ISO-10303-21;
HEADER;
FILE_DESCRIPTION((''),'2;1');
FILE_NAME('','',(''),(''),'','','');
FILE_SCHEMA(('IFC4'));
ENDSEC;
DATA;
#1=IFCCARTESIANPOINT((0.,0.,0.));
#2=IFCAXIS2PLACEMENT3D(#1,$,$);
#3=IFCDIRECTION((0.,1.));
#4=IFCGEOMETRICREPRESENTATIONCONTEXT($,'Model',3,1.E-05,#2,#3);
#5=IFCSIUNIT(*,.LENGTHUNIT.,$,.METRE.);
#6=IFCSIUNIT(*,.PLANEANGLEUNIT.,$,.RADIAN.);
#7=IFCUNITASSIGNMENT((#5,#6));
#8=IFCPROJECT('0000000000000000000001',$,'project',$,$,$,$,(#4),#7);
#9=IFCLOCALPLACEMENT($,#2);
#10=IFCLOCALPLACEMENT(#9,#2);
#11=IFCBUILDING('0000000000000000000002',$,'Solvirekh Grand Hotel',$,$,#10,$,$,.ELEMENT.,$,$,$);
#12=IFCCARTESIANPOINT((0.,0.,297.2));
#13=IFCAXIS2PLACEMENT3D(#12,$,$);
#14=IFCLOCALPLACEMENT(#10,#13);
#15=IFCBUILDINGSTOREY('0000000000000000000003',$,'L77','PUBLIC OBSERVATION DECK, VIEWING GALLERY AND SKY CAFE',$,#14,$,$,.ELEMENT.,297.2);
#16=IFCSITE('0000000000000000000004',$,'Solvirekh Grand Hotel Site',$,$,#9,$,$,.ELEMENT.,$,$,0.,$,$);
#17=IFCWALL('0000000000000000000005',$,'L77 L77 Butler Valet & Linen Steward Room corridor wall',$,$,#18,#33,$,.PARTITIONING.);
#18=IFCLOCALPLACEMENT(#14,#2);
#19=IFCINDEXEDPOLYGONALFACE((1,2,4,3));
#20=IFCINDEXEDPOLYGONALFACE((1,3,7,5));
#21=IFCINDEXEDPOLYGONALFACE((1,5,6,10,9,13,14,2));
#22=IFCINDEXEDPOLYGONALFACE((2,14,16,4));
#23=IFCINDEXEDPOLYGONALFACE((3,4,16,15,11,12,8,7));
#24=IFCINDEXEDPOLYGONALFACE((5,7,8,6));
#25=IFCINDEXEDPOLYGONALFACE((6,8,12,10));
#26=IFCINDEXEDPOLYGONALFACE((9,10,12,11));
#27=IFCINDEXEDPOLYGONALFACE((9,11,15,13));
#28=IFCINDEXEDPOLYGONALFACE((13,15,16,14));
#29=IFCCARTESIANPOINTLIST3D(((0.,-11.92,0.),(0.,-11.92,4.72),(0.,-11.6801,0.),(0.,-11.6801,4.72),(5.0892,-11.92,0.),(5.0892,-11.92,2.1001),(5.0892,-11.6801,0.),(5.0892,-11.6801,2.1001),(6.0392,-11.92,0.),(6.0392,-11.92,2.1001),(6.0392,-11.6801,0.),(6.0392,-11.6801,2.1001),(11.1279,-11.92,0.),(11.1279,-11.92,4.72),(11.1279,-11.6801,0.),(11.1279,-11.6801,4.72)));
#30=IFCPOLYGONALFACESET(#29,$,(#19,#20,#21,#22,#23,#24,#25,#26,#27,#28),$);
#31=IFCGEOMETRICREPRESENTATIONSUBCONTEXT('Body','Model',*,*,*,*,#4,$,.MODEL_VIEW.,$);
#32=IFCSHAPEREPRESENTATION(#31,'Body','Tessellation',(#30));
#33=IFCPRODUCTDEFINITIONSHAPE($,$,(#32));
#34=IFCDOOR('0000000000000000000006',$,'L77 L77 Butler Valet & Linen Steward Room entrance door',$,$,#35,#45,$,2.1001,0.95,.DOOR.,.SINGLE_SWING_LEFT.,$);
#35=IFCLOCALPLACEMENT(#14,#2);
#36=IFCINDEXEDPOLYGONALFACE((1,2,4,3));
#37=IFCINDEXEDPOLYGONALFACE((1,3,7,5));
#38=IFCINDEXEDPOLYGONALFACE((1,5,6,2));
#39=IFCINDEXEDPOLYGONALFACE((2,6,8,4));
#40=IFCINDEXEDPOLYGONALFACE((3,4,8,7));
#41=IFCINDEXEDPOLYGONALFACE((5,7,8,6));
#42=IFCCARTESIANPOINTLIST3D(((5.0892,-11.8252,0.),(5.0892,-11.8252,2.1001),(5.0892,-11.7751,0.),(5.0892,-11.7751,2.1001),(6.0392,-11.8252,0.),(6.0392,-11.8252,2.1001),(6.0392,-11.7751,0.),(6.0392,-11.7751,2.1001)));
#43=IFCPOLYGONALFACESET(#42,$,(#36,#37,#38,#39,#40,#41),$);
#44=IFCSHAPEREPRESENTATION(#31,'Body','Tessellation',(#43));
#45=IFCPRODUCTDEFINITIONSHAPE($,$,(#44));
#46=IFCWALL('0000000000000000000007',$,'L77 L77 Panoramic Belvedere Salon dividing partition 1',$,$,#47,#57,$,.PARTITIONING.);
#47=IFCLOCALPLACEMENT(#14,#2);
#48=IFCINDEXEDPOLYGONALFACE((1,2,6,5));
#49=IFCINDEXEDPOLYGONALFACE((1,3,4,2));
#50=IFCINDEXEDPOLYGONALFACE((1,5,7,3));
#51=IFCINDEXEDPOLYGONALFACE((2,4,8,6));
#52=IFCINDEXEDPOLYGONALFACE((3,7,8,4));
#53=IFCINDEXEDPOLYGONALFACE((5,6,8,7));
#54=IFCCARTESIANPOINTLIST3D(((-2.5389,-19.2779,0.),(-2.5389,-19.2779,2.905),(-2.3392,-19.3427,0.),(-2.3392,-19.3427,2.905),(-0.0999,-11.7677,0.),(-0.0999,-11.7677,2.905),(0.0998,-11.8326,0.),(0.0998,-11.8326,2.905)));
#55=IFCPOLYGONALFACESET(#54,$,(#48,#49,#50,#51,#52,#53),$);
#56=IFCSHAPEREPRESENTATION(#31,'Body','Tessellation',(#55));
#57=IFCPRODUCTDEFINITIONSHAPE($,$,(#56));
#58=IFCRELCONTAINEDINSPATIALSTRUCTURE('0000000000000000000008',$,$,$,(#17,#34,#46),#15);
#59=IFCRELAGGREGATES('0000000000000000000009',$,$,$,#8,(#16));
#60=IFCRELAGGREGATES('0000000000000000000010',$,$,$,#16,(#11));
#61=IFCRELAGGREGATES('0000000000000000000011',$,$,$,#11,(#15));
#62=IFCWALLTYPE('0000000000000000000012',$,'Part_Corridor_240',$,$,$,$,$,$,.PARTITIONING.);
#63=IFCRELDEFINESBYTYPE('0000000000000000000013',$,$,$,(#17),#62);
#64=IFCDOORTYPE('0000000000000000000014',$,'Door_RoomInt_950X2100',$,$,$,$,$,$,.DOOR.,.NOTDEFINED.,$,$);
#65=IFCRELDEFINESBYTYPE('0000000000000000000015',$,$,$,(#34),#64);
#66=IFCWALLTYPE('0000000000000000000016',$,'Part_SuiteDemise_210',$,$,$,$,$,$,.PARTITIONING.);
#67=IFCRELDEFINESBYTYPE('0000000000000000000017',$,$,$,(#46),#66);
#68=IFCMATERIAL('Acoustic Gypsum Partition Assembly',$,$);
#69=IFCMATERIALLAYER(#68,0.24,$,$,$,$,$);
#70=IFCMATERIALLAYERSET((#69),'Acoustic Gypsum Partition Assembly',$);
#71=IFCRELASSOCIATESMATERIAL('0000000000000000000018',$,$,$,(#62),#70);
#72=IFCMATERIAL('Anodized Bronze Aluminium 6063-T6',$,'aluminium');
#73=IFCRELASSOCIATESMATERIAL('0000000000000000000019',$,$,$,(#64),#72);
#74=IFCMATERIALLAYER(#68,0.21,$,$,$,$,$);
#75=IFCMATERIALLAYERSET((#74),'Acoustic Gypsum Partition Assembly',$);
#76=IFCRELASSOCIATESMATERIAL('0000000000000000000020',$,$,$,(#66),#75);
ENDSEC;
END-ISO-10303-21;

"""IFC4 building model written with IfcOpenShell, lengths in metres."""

from ifc_helpers import new_model, si_unit, direction, frame, frame_2d, origin, place, context, subcontext, project, spatial, rectangle, extrude, material, layer, layer_set, type_object, element, fill, save


model = new_model("IFC4")

# Units and contexts
model_context = context("Model", 3, precision=1e-05, world=origin(), true_north=direction((0.0, 1.0)))
body_context = subcontext(model_context, "Body", "Model", "MODEL_VIEW")
ifc_project = project(units=[si_unit("LENGTHUNIT", "METRE"), si_unit("PLANEANGLEUNIT", "RADIAN")], contexts=[model_context])

# Site, building, storey
site_placement = place(None, origin())
site = spatial("IfcSite", under=ifc_project, at=site_placement, Name="Solvirekh Grand Hotel Site", CompositionType="ELEMENT", RefElevation=0.0)
building_placement = place(site_placement, origin())
building = spatial("IfcBuilding", under=site, at=building_placement, Name="Solvirekh Grand Hotel", CompositionType="ELEMENT")
storey_placement = place(building_placement, frame((0.0, 0.0, 297.2)))
storey = spatial("IfcBuildingStorey", under=building, at=storey_placement, Name="L77", Description="PUBLIC OBSERVATION DECK, VIEWING GALLERY AND SKY CAFE", CompositionType="ELEMENT", Elevation=297.2)

# Shared definitions
ifc_material_1 = material(Name="Anodized Bronze Aluminium 6063-T6", Category="aluminium")

# Wall, opening, door
ifc_material_2 = material(Name="Acoustic Gypsum Partition Assembly")
ifc_layer_1 = layer(ifc_material_2, 0.24)
ifc_layer_set_1 = layer_set([ifc_layer_1], Name="Acoustic Gypsum Partition Assembly")
wall_type_1 = type_object("IfcWallType", Name="Part_Corridor_240", PredefinedType="PARTITIONING", material=ifc_layer_set_1)
wall_1_placement = place(storey_placement, frame((0.0, -11.8, 0.0), z_axis=(0.0, 0.0, 1.0), x_axis=(1.0, 0.0, 0.0)))
wall_1 = element("IfcWall", 1, at=wall_1_placement, inside=storey, type_object=wall_type_1, Name="L77 L77 Butler Valet & Linen Steward Room corridor wall", PredefinedType="PARTITIONING", context=body_context, shape_type="SweptSolid", body=[
    extrude(rectangle(XDim=11.1279, YDim=0.24, at=frame_2d((5.564, 0.0))), origin(), (0.0, 0.0, 1.0), 4.72),
])
opening_placement = place(wall_1_placement, frame((5.0891, 0.0, 0.0)))
opening = element("IfcOpeningElement", 2, at=opening_placement, cuts=wall_1, PredefinedType="OPENING", context=body_context, shape_type="SweptSolid", body=[
    extrude(rectangle(XDim=0.95, YDim=2.1001, at=frame_2d((0.4751, 1.05))), frame((0.0, 0.1299, 0.0), z_axis=(0.0, -1.0, 0.0), x_axis=(1.0, 0.0, 0.0)), (0.0, 0.0, 1.0), 0.26),
])
door_type = type_object("IfcDoorType", Name="Door_RoomInt_950X2100", OperationType="NOTDEFINED", PredefinedType="DOOR", material=ifc_material_1)
door_placement = place(opening_placement, origin())
door = element("IfcDoor", 3, at=door_placement, inside=storey, type_object=door_type, Name="L77 L77 Butler Valet & Linen Steward Room entrance door", OperationType="SINGLE_SWING_LEFT", OverallHeight=2.1001, OverallWidth=0.95, PredefinedType="DOOR", context=body_context, shape_type="SweptSolid", body=[
    extrude(rectangle(XDim=0.95, YDim=2.1001, at=frame_2d((0.4751, 1.05))), frame((0.0, 0.0249, 0.0), z_axis=(0.0, -1.0, 0.0), x_axis=(1.0, 0.0, 0.0)), (0.0, 0.0, 1.0), 0.05),
])
fill(opening, door)

# Wall
ifc_layer_2 = layer(ifc_material_2, 0.21)
ifc_layer_set_2 = layer_set([ifc_layer_2], Name="Acoustic Gypsum Partition Assembly")
wall_type_2 = type_object("IfcWallType", Name="Part_SuiteDemise_210", PredefinedType="PARTITIONING", material=ifc_layer_set_2)
wall_2_placement = place(storey_placement, frame((0.0, -11.8, 0.0), z_axis=(0.0, 0.0, 1.0), x_axis=(-0.308881, -0.951101, 0.0)))
element("IfcWall", 4, at=wall_2_placement, inside=storey, type_object=wall_type_2, Name="L77 L77 Panoramic Belvedere Salon dividing partition 1", PredefinedType="PARTITIONING", context=body_context, shape_type="SweptSolid", body=[
    extrude(rectangle(XDim=7.8962, YDim=0.21, at=frame_2d((3.9482, 0.0))), origin(), (0.0, 0.0, 1.0), 2.905),
])

save(model, "model.ifc")
